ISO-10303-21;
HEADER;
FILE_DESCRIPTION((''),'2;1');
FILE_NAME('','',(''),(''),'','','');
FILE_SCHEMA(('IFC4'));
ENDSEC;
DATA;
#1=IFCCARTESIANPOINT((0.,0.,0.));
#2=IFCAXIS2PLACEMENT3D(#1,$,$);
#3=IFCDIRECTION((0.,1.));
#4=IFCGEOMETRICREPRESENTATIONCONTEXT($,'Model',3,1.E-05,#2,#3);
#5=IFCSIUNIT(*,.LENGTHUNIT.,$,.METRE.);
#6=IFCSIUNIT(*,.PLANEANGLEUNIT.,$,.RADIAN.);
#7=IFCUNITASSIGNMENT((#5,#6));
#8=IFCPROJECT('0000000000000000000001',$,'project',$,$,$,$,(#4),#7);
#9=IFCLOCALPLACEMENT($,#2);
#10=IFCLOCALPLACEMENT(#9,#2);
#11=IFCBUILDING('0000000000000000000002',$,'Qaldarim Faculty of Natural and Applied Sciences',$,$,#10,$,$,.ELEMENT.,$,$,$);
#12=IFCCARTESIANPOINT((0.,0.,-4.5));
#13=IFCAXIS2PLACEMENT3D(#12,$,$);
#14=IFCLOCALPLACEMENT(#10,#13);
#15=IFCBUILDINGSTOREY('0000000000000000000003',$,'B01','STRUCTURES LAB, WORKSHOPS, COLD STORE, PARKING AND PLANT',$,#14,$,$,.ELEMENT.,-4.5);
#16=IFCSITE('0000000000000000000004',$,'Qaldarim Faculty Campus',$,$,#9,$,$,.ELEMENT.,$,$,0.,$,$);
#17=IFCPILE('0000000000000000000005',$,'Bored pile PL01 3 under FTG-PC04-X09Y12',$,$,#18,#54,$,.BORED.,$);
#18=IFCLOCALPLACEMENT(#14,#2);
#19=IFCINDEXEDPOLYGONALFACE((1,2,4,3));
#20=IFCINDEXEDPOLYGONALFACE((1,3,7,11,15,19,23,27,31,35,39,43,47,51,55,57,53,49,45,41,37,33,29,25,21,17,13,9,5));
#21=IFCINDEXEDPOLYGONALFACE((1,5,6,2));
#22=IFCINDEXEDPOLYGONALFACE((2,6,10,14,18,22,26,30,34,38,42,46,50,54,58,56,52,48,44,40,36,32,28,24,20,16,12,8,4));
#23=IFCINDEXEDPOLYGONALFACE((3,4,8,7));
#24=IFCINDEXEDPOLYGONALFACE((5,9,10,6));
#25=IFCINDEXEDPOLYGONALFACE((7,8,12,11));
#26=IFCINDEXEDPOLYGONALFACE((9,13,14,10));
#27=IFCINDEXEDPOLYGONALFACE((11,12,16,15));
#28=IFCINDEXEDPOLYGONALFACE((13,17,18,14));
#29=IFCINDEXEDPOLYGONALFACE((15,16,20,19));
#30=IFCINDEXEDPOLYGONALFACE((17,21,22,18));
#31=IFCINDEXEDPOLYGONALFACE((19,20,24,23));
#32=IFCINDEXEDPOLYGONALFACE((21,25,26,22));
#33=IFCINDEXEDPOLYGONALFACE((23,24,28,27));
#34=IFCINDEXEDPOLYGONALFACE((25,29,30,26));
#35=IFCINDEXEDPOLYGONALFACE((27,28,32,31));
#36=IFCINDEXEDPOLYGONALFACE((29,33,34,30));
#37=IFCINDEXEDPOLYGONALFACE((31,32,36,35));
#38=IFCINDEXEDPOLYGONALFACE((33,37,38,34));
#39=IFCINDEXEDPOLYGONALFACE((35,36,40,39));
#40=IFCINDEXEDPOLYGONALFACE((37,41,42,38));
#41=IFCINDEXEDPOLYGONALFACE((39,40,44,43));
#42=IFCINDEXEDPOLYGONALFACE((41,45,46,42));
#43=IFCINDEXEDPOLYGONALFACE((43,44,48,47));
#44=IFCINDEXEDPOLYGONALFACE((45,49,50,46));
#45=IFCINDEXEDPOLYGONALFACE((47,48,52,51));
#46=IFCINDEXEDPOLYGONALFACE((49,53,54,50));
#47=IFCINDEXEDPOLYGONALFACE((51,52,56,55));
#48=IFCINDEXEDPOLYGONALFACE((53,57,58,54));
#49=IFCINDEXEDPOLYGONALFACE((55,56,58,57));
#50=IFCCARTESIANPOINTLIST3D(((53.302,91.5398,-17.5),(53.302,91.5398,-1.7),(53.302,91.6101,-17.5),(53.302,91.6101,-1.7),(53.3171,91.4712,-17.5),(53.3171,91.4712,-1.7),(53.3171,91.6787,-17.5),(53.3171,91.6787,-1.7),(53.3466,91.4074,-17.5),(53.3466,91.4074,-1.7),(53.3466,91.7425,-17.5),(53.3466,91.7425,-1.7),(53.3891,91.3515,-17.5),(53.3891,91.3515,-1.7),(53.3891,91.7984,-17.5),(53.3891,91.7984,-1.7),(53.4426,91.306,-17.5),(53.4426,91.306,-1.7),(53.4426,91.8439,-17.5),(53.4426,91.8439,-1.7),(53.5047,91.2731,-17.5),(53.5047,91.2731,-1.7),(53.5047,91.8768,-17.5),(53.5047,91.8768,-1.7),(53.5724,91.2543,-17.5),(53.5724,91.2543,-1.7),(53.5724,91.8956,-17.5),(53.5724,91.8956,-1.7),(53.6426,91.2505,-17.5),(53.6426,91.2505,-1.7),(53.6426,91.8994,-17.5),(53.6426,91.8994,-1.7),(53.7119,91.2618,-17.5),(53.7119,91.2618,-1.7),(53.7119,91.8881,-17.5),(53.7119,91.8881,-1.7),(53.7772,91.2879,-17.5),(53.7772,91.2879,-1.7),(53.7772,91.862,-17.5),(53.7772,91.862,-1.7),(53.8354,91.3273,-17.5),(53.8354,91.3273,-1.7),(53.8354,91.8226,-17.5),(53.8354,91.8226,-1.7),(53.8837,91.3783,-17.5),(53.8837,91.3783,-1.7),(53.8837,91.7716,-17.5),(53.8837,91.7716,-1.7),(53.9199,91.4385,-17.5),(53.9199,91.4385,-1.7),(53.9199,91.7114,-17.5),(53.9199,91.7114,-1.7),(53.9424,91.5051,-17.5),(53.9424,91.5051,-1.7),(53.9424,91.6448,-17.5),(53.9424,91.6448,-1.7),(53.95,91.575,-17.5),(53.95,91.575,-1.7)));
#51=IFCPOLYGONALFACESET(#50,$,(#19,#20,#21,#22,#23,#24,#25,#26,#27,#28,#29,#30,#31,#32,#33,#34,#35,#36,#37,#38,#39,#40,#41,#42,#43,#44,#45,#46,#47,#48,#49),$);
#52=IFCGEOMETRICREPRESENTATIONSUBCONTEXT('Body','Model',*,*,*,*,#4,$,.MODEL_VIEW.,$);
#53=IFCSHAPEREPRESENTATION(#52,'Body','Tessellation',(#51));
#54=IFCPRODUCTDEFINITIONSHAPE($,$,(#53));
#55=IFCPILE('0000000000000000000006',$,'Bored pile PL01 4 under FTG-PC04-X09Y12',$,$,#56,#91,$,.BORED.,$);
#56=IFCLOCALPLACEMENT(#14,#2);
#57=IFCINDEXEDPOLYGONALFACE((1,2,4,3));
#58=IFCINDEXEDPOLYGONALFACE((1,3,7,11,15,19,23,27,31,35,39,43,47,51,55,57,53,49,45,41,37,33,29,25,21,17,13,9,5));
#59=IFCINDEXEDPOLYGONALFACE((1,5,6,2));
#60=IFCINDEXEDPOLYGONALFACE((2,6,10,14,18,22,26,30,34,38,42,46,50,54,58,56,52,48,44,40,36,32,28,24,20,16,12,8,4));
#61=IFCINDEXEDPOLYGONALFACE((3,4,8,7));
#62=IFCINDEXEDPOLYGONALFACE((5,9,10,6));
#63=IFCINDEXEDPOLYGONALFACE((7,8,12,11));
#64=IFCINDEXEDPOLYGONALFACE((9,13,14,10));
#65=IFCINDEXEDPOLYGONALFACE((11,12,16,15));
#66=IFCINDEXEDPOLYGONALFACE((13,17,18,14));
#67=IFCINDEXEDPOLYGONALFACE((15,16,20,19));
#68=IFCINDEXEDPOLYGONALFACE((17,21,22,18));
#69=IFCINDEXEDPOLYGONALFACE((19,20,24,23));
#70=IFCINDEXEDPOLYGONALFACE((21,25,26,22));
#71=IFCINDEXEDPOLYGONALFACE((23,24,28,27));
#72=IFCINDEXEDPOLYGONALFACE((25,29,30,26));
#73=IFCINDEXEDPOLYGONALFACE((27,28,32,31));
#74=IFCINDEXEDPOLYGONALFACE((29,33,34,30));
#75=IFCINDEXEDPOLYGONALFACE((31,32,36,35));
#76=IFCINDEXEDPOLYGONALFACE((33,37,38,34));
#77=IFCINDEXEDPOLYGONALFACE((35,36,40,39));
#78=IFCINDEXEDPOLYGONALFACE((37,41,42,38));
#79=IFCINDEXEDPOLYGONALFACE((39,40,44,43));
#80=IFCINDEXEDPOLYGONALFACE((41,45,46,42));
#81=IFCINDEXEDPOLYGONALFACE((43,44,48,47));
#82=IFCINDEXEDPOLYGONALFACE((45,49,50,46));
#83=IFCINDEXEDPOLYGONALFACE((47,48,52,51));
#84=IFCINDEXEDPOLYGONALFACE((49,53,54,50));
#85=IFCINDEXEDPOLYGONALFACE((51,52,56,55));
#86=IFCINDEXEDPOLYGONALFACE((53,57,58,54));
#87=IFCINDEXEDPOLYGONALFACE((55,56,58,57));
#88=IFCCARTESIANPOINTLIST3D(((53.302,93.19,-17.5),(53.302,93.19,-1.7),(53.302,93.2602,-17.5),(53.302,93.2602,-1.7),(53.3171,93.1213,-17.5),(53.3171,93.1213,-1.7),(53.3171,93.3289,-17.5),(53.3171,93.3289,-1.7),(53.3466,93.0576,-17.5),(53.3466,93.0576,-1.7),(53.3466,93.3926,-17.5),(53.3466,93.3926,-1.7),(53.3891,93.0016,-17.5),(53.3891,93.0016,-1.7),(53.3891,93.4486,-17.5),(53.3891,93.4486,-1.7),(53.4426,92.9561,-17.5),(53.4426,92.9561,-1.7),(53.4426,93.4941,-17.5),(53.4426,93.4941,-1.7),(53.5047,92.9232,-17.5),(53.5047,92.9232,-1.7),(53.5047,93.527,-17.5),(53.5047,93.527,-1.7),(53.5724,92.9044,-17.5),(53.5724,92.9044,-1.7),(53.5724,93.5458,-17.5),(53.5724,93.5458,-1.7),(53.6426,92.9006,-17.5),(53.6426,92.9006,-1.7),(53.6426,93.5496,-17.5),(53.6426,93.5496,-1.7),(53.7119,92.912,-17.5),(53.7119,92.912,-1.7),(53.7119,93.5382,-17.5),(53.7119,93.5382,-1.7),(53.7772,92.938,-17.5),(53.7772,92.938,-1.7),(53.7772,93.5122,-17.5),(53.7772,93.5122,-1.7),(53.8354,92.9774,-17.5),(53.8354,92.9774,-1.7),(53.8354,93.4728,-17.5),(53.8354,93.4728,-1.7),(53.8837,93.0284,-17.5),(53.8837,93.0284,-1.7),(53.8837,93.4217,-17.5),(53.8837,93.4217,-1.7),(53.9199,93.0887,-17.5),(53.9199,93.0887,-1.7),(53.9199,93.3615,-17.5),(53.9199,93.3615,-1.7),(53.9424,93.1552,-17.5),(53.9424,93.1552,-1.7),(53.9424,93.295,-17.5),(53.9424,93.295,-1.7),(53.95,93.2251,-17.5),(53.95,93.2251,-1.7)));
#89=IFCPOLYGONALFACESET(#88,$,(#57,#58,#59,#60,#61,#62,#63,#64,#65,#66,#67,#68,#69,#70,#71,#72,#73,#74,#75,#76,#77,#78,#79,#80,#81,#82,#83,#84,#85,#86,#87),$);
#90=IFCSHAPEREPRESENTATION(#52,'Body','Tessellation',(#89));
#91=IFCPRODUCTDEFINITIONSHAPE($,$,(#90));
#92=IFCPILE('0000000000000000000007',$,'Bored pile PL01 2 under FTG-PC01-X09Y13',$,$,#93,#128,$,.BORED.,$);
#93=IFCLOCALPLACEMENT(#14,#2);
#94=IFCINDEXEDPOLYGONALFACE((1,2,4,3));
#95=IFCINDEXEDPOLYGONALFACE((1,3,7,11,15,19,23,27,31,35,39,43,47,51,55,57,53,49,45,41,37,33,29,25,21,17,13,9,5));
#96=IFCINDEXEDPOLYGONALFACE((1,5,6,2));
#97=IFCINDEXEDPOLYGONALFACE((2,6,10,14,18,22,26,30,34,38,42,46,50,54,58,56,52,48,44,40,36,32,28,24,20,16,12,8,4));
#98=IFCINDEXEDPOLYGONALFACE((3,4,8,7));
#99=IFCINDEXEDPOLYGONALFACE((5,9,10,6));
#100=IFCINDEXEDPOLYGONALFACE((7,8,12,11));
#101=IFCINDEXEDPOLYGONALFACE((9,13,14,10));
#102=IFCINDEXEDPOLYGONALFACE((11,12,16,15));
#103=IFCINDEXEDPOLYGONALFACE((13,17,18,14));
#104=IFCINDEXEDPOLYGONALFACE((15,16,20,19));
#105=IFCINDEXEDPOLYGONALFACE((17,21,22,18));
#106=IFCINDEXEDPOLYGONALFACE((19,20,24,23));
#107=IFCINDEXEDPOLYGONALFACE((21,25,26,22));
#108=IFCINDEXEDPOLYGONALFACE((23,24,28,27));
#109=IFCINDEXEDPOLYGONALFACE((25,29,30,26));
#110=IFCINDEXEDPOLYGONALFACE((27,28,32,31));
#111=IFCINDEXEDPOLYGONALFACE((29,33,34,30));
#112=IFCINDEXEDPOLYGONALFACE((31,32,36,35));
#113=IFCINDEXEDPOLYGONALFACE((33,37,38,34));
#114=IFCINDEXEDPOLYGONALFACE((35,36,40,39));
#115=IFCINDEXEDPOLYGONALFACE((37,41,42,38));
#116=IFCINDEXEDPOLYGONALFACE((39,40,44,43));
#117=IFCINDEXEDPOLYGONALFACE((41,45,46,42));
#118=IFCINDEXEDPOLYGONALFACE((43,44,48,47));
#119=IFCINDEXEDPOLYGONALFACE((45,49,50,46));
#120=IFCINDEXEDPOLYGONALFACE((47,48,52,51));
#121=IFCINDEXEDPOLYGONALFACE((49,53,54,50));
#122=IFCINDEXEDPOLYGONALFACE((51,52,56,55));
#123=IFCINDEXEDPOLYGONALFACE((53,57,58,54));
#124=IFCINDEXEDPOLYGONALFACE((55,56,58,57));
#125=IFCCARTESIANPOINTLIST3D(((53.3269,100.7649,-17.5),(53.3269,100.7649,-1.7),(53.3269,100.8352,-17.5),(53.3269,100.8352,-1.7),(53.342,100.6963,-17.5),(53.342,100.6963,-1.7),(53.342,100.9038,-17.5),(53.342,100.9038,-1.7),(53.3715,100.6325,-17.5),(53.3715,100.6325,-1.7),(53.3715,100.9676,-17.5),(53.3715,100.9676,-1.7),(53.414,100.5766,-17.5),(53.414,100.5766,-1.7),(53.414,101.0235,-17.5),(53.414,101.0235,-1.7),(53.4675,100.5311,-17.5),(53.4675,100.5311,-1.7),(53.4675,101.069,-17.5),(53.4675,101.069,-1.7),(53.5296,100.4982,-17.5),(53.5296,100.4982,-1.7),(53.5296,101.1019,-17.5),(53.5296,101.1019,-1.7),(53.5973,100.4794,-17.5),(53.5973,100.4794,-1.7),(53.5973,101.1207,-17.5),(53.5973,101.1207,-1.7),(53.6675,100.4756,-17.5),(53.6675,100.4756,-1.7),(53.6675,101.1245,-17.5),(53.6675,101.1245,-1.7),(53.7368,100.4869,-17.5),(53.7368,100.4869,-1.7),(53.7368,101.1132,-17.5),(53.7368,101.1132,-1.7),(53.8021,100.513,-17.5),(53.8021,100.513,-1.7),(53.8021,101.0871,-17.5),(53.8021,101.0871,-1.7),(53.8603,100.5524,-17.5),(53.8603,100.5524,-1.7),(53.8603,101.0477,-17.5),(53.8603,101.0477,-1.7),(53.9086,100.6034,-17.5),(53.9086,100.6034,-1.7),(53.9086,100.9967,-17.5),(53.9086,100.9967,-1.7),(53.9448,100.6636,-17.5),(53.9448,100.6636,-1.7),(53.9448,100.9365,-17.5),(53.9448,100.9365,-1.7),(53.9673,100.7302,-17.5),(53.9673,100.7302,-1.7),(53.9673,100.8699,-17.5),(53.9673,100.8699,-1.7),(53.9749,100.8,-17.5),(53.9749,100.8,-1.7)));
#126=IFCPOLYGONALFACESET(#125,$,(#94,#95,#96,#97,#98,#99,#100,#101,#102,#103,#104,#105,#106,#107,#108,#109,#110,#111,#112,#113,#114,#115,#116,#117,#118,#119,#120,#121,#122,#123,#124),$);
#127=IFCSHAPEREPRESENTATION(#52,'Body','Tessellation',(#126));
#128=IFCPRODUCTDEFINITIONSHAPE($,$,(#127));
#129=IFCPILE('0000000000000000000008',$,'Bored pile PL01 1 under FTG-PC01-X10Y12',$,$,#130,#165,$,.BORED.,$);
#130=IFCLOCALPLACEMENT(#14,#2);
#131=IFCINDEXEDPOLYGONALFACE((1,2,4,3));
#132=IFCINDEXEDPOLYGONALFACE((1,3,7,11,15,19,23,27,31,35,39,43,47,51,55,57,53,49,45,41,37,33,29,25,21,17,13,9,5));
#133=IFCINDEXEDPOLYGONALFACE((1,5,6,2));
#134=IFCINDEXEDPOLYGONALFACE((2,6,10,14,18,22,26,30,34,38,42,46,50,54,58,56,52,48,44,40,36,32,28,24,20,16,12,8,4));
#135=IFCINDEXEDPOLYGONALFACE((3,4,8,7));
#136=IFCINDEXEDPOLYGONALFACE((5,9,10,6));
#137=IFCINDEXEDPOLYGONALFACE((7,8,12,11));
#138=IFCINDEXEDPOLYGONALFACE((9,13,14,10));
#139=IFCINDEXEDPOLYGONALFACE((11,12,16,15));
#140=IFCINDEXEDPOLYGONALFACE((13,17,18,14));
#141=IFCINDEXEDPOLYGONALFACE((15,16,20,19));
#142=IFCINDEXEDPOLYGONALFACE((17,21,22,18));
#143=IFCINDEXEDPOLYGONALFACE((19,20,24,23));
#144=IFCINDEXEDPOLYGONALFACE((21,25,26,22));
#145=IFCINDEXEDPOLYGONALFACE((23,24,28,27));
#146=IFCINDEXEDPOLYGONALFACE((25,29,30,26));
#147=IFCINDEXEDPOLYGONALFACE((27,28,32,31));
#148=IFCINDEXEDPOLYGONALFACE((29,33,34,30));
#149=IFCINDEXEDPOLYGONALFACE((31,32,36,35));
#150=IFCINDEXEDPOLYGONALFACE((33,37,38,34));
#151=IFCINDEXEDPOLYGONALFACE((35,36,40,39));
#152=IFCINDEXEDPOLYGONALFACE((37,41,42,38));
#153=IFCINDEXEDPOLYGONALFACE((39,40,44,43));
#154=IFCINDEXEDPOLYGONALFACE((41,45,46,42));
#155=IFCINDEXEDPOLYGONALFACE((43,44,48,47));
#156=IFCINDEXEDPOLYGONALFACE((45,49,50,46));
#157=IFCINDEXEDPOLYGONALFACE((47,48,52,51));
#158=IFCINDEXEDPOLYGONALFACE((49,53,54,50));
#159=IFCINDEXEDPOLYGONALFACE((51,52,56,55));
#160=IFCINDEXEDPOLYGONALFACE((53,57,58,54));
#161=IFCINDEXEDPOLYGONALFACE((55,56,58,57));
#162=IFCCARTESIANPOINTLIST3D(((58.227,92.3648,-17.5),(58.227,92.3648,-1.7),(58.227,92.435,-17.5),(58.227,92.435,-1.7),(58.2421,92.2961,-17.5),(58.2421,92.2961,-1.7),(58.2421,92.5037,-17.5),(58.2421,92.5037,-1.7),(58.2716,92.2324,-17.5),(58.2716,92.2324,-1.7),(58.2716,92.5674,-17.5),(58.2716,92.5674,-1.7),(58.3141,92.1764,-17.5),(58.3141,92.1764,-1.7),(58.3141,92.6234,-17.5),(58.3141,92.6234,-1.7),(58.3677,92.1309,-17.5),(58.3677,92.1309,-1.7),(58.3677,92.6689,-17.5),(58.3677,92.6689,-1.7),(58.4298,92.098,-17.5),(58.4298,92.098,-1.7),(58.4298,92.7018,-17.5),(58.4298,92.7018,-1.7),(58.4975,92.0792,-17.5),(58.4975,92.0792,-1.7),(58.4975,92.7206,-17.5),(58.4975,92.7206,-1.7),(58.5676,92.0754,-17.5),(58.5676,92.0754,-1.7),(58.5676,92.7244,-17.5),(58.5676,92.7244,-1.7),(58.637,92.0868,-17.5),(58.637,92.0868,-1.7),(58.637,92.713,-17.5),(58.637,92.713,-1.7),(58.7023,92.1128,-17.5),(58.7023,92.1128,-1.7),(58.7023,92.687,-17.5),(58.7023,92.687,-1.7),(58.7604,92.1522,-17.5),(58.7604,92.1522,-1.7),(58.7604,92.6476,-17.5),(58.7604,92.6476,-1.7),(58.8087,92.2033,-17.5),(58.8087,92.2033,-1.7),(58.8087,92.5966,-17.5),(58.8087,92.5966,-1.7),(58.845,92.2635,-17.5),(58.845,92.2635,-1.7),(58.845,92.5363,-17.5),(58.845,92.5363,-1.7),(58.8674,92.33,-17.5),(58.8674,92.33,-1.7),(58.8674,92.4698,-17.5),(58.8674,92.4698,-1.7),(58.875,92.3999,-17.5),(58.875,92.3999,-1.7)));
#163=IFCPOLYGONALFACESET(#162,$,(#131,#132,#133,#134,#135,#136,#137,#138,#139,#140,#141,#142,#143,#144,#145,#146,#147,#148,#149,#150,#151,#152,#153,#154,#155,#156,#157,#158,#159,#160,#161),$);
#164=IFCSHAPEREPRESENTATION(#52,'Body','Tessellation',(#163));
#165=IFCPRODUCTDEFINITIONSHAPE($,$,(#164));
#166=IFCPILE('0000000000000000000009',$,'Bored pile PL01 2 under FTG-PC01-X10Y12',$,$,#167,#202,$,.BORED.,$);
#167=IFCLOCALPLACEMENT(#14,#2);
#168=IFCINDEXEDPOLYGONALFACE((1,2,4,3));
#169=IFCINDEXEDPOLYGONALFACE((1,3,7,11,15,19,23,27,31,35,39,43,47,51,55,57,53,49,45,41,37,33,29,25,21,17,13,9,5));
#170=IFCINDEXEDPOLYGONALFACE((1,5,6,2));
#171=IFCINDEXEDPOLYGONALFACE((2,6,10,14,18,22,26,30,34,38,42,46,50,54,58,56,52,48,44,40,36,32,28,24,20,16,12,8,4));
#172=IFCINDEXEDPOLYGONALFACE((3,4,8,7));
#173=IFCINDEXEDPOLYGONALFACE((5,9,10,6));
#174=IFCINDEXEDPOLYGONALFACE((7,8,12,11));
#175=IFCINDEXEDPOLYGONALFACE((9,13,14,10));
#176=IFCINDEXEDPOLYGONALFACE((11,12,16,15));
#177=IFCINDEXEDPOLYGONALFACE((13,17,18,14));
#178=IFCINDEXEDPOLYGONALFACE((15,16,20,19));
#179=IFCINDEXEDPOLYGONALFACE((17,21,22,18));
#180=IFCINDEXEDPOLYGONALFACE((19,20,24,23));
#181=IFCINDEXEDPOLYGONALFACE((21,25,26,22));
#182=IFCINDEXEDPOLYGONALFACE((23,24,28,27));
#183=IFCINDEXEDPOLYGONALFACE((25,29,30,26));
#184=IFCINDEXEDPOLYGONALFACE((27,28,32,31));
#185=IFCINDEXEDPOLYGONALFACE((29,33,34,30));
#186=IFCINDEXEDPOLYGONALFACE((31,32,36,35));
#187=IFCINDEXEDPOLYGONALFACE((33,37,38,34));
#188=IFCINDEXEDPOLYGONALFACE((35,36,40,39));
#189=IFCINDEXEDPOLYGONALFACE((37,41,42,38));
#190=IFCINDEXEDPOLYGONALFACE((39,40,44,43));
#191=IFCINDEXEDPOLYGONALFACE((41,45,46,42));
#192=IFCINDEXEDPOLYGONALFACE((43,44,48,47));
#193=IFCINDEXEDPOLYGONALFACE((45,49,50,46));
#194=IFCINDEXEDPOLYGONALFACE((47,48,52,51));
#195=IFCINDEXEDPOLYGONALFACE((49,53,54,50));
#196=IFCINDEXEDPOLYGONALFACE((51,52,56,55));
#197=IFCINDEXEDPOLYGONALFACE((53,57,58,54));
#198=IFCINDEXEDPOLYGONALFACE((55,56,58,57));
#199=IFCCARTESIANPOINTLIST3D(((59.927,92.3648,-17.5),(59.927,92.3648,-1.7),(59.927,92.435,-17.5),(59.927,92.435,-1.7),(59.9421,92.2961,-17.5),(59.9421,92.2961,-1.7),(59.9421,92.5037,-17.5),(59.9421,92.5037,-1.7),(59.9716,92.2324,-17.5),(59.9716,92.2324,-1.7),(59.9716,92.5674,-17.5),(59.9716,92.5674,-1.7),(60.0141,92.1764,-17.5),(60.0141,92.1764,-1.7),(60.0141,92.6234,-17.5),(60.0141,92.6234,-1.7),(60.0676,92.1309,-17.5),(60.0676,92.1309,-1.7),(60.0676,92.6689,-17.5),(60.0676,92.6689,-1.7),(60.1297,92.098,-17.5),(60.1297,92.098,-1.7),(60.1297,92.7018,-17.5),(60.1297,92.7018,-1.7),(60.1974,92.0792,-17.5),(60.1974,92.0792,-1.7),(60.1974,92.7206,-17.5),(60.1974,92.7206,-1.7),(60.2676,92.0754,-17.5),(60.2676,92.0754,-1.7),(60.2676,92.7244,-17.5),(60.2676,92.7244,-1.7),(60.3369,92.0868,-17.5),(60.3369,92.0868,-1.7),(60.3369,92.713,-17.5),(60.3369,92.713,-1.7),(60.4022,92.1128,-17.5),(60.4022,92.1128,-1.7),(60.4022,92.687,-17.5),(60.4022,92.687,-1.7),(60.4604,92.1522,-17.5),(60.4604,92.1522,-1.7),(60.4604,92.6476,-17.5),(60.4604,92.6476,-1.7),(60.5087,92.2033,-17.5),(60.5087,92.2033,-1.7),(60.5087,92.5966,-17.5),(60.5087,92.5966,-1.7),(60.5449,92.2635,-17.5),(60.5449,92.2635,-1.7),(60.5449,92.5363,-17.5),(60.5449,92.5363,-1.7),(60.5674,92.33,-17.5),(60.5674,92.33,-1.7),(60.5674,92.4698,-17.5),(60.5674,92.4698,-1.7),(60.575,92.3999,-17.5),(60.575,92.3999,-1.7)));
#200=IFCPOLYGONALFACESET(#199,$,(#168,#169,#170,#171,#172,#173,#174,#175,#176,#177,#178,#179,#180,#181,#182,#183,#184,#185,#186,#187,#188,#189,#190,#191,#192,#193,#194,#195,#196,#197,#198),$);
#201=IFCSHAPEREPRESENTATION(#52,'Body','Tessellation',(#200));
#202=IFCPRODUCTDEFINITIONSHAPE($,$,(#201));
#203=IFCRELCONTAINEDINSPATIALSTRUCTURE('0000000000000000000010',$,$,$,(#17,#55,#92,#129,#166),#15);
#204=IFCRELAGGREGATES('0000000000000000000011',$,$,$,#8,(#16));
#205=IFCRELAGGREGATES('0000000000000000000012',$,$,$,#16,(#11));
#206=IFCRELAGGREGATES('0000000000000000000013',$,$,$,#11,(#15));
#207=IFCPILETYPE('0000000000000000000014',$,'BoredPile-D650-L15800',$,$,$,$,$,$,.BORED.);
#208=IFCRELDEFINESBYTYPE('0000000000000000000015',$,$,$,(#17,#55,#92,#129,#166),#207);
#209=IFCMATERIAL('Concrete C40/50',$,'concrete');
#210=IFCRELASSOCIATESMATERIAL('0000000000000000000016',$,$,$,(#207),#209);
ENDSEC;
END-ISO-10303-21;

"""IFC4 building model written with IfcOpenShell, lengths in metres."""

from ifc_helpers import new_model, si_unit, direction, frame, origin, origin_2d, place, context, subcontext, project, spatial, circle, extrude, material, material_profile, profile_set, type_object, element, save


model = new_model("IFC4")

# Units and contexts
model_context = context("Model", 3, precision=1e-05, world=origin(), true_north=direction((0.0, 1.0)))
body_context = subcontext(model_context, "Body", "Model", "MODEL_VIEW")
ifc_project = project(units=[si_unit("LENGTHUNIT", "METRE"), si_unit("PLANEANGLEUNIT", "RADIAN")], contexts=[model_context])

# Site, building, storey
site_placement = place(None, origin())
site = spatial("IfcSite", under=ifc_project, at=site_placement, Name="Qaldarim Faculty Campus", CompositionType="ELEMENT", RefElevation=0.0)
building_placement = place(site_placement, origin())
building = spatial("IfcBuilding", under=site, at=building_placement, Name="Qaldarim Faculty of Natural and Applied Sciences", CompositionType="ELEMENT")
storey_placement = place(building_placement, frame((0.0, 0.0, -4.5)))
storey = spatial("IfcBuildingStorey", under=building, at=storey_placement, Name="B01", Description="STRUCTURES LAB, WORKSHOPS, COLD STORE, PARKING AND PLANT", CompositionType="ELEMENT", Elevation=-4.5)

# Piles
ifc_material_1 = material(Name="Concrete C40/50", Category="concrete")
ifc_material_profile_1 = material_profile(ifc_material_1, circle(Radius=0.325, at=origin_2d()), Name="PILE-D650")
ifc_profile_set_1 = profile_set([ifc_material_profile_1], Name="Concrete C40/50")
pile_type_1 = type_object("IfcPileType", Name="BoredPile-D650-L15800", PredefinedType="BORED", material=ifc_profile_set_1)
for number, where, z_axis, x_axis, name in (
    (1, (53.625, 91.575, -1.7), (0.0, 0.0, -1.0), (1.0, 0.0, 0.0), "Bored pile PL01 3 under FTG-PC04-X09Y12"),
    (2, (53.625, 93.2251, -1.7), (0.0, 0.0, -1.0), (1.0, 0.0, 0.0), "Bored pile PL01 4 under FTG-PC04-X09Y12"),
    (3, (53.6499, 100.8, -1.7), (0.0, 0.0, -1.0), (1.0, 0.0, 0.0), "Bored pile PL01 2 under FTG-PC01-X09Y13"),
    (4, (58.55, 92.3999, -1.7), (0.0, 0.0, -1.0), (1.0, 0.0, 0.0), "Bored pile PL01 1 under FTG-PC01-X10Y12"),
    (5, (60.25, 92.3999, -1.7), (0.0, 0.0, -1.0), (1.0, 0.0, 0.0), "Bored pile PL01 2 under FTG-PC01-X10Y12"),
):
    element("IfcPile", number, at=place(storey_placement, frame(where, z_axis=z_axis, x_axis=x_axis)), inside=storey, type_object=pile_type_1, Name=name, PredefinedType="BORED", context=body_context, shape_type="SweptSolid", body=[
        extrude(circle(Radius=0.325, at=origin_2d()), origin(), (0.0, 0.0, 1.0), 15.8),
    ])

save(model, "model.ifc")
